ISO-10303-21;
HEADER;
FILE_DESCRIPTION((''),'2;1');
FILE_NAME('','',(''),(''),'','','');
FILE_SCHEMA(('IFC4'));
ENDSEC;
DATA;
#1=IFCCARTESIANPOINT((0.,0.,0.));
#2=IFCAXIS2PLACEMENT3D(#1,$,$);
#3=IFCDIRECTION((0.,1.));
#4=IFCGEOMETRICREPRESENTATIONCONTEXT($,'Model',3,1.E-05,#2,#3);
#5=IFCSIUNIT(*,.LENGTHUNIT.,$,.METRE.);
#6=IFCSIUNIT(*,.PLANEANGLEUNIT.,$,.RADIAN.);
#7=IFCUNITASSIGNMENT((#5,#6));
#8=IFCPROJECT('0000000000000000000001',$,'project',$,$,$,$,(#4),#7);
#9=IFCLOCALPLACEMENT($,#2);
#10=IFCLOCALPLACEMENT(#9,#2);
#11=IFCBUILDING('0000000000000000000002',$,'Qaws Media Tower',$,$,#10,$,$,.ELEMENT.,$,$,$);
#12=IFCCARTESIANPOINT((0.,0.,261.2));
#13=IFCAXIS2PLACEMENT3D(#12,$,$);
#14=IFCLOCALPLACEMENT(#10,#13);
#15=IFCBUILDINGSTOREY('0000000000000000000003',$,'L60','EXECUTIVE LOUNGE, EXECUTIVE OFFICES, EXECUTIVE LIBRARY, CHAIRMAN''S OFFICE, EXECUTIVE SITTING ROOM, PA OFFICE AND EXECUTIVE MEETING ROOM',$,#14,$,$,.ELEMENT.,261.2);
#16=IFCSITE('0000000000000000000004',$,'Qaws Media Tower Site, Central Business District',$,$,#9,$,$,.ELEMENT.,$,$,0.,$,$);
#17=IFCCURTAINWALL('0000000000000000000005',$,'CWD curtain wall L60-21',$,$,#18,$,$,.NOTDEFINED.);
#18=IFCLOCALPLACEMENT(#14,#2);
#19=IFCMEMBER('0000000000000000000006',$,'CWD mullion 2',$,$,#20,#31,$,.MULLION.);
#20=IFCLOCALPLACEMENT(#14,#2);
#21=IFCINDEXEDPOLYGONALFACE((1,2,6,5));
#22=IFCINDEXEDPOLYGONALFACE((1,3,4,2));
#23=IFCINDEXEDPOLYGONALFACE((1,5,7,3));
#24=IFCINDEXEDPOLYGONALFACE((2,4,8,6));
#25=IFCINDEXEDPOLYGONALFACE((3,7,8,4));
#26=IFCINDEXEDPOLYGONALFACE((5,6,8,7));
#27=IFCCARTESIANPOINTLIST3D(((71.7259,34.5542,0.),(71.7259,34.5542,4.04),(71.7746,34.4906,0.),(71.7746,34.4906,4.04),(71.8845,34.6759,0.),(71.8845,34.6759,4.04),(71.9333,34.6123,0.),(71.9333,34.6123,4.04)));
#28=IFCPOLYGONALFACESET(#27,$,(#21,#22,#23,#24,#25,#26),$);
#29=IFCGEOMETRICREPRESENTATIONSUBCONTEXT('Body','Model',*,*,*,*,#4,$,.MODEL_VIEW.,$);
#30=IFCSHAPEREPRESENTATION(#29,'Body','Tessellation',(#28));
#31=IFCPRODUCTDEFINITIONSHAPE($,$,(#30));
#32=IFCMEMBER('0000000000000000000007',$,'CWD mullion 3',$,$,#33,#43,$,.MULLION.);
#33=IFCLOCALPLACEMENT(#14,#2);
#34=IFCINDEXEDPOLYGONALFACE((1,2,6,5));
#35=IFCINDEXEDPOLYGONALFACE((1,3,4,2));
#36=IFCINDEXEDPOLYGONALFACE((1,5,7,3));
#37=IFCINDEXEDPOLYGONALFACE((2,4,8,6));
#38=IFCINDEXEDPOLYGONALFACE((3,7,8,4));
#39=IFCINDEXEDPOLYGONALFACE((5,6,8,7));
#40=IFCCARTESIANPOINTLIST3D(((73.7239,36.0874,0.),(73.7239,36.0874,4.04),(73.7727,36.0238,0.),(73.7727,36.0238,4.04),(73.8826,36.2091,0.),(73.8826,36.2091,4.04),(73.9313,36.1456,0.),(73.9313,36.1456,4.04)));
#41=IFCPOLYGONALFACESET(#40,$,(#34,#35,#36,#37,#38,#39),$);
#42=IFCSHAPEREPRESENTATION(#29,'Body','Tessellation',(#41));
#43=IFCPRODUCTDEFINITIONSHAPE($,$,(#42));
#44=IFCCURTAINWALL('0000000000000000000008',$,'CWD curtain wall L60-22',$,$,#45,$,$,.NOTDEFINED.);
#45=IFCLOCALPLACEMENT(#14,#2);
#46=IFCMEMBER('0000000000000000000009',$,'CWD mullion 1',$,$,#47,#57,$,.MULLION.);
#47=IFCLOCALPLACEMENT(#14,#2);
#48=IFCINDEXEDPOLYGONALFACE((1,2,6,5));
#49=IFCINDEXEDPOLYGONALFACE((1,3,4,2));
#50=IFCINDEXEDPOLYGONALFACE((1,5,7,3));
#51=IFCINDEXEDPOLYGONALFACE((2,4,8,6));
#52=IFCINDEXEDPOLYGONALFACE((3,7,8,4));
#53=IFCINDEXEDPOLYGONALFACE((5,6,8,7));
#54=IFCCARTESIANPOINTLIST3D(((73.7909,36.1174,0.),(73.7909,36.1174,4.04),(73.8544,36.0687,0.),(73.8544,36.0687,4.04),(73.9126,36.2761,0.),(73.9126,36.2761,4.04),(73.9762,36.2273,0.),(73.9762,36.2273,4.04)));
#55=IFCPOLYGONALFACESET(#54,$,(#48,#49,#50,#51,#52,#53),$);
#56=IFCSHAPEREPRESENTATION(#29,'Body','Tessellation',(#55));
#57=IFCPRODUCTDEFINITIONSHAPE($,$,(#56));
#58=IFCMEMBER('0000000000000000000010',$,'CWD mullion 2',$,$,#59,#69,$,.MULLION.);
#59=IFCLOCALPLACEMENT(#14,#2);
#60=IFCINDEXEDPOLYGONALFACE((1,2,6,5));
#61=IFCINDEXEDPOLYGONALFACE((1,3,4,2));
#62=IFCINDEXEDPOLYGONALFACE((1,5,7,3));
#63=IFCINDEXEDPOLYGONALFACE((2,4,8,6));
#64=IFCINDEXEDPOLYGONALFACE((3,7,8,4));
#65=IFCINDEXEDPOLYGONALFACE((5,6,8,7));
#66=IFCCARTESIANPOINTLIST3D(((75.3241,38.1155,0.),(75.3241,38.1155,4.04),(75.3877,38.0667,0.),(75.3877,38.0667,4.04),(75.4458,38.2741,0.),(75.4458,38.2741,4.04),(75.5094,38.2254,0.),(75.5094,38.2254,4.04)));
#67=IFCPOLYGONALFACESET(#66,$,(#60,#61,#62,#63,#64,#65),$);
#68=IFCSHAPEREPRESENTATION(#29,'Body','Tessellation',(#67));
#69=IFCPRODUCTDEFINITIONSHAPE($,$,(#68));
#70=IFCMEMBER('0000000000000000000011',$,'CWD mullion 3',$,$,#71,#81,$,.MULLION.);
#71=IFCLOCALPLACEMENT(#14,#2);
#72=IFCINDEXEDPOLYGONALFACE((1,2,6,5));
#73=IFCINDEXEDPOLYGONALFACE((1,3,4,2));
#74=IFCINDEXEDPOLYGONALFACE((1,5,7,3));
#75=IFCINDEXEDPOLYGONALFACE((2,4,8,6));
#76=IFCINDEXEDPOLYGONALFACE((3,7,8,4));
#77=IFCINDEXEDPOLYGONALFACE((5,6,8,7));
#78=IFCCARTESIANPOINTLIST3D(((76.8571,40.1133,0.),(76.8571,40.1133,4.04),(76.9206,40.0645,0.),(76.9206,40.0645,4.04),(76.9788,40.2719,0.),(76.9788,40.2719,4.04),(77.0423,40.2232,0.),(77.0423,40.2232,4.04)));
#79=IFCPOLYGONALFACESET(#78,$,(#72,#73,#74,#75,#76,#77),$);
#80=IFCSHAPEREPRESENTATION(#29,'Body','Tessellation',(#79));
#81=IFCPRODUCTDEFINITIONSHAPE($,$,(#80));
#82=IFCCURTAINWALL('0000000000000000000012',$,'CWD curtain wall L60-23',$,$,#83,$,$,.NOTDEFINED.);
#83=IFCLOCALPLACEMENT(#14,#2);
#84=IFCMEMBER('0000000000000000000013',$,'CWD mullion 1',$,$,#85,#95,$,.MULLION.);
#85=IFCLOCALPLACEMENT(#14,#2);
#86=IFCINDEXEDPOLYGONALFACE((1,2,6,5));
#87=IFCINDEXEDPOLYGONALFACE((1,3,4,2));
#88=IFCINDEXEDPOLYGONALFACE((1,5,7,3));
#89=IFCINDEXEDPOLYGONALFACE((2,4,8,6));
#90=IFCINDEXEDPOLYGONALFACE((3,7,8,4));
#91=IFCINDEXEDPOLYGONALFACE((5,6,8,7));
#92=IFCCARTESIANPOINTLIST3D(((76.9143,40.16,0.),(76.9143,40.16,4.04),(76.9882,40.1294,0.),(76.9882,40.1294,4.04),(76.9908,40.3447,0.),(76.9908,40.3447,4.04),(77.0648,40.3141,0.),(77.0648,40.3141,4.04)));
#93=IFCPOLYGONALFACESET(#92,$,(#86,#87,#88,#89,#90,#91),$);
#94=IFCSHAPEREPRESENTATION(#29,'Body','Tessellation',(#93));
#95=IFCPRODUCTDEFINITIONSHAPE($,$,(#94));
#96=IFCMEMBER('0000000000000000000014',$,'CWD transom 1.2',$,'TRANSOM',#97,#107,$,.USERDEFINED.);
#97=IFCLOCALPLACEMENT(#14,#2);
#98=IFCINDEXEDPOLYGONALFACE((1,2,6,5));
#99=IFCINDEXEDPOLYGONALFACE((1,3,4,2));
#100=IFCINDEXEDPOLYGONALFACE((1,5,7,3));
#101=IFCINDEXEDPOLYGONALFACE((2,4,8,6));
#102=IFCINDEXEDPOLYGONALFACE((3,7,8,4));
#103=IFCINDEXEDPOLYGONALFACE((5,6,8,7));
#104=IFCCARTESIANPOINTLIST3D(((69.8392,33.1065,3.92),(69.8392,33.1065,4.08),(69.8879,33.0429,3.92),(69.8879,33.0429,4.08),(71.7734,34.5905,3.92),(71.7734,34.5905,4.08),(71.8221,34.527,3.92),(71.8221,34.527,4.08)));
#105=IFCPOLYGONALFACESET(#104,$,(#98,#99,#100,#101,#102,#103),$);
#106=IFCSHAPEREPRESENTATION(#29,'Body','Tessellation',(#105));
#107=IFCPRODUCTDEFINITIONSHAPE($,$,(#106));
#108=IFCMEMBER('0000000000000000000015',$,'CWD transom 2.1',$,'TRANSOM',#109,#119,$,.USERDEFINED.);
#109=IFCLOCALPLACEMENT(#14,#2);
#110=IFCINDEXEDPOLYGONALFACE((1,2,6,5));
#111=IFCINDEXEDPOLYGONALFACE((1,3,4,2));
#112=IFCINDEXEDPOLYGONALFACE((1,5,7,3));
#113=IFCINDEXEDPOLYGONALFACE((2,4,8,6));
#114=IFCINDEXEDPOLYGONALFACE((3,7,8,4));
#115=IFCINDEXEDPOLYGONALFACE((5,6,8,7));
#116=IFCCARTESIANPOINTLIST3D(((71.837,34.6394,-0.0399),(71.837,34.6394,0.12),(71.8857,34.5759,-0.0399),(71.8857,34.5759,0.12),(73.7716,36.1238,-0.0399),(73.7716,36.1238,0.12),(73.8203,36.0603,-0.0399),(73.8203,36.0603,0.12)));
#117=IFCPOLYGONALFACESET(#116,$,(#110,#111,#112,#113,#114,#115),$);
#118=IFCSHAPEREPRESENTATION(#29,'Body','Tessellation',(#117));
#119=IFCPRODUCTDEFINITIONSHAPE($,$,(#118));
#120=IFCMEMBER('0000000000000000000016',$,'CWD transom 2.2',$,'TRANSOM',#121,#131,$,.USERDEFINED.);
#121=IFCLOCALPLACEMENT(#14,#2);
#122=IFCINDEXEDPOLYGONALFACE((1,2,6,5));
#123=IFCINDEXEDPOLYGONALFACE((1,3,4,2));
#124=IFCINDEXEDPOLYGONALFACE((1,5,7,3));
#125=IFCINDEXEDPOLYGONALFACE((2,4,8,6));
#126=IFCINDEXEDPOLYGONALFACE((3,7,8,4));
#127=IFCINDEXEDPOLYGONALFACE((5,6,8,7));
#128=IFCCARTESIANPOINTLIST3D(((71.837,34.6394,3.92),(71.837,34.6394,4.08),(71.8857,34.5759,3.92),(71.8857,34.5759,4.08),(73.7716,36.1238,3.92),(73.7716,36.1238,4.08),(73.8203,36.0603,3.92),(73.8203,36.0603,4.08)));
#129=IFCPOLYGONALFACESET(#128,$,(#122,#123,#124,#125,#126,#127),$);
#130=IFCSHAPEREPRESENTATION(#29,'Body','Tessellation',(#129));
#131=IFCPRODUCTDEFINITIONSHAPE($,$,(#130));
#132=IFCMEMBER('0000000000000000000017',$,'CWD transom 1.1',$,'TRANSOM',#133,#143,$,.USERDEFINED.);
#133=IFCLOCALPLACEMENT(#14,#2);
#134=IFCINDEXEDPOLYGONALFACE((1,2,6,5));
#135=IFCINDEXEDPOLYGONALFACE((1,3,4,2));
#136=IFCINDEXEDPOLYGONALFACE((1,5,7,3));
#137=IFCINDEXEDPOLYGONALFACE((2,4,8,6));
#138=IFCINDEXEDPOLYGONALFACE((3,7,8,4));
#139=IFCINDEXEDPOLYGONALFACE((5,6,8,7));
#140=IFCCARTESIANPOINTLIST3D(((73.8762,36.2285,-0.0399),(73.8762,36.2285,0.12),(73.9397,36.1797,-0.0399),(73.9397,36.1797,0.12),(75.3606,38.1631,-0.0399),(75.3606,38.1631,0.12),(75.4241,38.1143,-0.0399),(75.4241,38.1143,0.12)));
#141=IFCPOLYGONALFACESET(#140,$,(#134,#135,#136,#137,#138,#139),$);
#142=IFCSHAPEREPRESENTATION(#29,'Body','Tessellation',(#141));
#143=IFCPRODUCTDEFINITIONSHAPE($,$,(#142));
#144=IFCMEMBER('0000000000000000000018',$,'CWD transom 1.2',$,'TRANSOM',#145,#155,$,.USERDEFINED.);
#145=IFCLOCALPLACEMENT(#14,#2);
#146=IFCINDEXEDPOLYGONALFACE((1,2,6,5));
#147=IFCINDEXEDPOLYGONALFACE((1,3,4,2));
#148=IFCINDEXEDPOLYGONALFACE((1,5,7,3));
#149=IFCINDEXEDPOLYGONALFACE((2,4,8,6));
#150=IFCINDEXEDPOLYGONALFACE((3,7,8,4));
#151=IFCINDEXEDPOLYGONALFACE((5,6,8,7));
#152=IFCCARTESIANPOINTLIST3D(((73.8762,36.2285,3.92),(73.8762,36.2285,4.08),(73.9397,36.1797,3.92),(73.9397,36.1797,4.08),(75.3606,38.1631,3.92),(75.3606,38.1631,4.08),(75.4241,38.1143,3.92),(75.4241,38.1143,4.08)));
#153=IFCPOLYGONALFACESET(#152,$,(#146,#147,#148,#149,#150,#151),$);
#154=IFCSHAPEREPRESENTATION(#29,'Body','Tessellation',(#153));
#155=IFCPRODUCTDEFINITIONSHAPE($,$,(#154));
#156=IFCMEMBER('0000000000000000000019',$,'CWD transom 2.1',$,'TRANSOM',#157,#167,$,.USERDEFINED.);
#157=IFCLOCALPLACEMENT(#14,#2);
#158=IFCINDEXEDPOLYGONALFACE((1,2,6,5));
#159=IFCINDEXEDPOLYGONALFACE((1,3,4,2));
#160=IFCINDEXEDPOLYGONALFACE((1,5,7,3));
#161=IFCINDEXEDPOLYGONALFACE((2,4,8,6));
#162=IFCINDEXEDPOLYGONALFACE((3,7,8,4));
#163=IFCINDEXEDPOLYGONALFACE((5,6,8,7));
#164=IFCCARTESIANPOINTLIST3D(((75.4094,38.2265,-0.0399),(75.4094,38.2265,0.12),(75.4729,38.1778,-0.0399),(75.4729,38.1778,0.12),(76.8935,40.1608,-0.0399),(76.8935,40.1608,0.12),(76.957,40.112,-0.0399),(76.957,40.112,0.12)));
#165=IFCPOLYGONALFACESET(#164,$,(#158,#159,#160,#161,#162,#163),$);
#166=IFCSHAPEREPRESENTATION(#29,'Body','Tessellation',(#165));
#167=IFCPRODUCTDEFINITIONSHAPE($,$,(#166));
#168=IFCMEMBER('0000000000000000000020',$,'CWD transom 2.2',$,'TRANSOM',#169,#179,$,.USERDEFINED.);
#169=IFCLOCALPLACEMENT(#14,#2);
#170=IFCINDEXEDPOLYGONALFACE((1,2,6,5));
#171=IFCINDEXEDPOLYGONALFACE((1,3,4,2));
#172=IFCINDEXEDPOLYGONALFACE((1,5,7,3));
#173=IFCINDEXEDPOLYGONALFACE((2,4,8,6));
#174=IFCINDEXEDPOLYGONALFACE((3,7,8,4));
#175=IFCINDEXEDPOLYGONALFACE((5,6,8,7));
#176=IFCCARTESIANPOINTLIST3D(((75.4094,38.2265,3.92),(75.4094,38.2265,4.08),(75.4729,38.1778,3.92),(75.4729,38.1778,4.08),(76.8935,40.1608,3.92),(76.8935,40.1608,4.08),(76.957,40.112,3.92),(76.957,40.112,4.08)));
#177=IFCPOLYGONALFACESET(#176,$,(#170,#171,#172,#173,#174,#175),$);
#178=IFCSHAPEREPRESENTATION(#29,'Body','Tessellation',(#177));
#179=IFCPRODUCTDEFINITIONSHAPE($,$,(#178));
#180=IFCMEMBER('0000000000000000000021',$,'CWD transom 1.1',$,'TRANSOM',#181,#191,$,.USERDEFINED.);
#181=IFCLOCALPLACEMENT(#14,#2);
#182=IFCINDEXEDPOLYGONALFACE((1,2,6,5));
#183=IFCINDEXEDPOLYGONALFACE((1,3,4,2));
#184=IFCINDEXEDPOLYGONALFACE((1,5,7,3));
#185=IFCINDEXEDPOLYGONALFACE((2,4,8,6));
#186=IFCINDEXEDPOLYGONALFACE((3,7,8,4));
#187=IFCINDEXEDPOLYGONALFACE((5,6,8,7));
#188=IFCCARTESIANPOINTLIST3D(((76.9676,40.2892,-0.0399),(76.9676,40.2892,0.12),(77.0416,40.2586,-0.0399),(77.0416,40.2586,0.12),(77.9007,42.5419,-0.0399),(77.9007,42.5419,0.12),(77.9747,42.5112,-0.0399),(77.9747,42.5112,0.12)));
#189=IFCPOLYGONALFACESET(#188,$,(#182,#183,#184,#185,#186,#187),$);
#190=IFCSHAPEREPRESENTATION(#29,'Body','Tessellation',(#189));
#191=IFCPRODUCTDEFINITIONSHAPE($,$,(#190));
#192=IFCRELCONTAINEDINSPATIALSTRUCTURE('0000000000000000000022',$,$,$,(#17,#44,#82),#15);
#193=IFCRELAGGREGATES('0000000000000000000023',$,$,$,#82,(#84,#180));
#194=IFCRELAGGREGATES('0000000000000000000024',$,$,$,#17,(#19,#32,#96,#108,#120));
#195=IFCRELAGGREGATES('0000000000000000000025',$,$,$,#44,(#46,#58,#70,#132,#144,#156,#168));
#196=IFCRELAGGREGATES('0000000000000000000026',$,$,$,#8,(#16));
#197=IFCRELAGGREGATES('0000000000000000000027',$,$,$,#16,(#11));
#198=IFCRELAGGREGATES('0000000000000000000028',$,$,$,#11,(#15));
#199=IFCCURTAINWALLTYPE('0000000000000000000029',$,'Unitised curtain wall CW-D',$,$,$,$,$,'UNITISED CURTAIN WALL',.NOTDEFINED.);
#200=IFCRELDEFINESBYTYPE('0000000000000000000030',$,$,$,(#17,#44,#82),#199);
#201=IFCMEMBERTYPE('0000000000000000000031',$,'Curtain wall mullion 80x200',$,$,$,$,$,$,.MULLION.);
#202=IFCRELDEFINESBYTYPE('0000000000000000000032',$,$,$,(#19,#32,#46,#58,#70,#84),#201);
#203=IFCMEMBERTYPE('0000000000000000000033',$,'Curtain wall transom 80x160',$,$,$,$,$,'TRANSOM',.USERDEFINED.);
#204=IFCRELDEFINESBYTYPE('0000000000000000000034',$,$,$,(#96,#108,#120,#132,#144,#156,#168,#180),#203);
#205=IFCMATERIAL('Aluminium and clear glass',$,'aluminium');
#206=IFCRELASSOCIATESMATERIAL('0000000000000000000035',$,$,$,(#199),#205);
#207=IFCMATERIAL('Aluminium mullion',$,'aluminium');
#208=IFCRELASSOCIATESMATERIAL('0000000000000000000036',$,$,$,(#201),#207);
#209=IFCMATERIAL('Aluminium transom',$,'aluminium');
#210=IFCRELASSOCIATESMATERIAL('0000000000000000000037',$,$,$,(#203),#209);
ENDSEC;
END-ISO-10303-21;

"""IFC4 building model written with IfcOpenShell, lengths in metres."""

from ifc_helpers import new_model, si_unit, direction, frame, origin, origin_2d, place, context, subcontext, project, spatial, rectangle, extrude, material, material_profile, profile_set, type_object, element, aggregate, save


model = new_model("IFC4")

# Units and contexts
model_context = context("Model", 3, precision=1e-05, world=origin(), true_north=direction((0.0, 1.0)))
body_context = subcontext(model_context, "Body", "Model", "MODEL_VIEW")
ifc_project = project(units=[si_unit("LENGTHUNIT", "METRE"), si_unit("PLANEANGLEUNIT", "RADIAN")], contexts=[model_context])

# Site, building, storey
site_placement = place(None, origin())
site = spatial("IfcSite", under=ifc_project, at=site_placement, Name="Qaws Media Tower Site, Central Business District", CompositionType="ELEMENT", RefElevation=0.0)
building_placement = place(site_placement, origin())
building = spatial("IfcBuilding", under=site, at=building_placement, Name="Qaws Media Tower", CompositionType="ELEMENT")
storey_placement = place(building_placement, frame((0.0, 0.0, 261.2)))
storey = spatial("IfcBuildingStorey", under=building, at=storey_placement, Name="L60", Description="EXECUTIVE LOUNGE, EXECUTIVE OFFICES, EXECUTIVE LIBRARY, CHAIRMAN'S OFFICE, EXECUTIVE SITTING ROOM, PA OFFICE AND EXECUTIVE MEETING ROOM", CompositionType="ELEMENT", Elevation=261.2)

# Curtain walls, members
ifc_material_1 = material(Name="Aluminium and clear glass", Category="aluminium")
curtain_wall_type = type_object("IfcCurtainWallType", Name="Unitised curtain wall CW-D", ElementType="UNITISED CURTAIN WALL", PredefinedType="NOTDEFINED", material=ifc_material_1)
curtain_wall_1_placement = place(storey_placement, origin())
curtain_wall_1 = element("IfcCurtainWall", 1, at=curtain_wall_1_placement, inside=storey, type_object=curtain_wall_type, Name="CWD curtain wall L60-21", PredefinedType="NOTDEFINED")
ifc_material_2 = material(Name="Aluminium mullion", Category="aluminium")
ifc_material_profile_1 = material_profile(ifc_material_2, rectangle(XDim=0.0801, YDim=0.2, at=origin_2d()), Name="80x200")
ifc_profile_set_1 = profile_set([ifc_material_profile_1], Name="Aluminium mullion")
member_type_1 = type_object("IfcMemberType", Name="Curtain wall mullion 80x200", PredefinedType="MULLION", material=ifc_profile_set_1)
member_1_placement = place(storey_placement, frame((71.8296, 34.5833, 0.0), z_axis=(0.0, 0.0, 1.0), x_axis=(-0.608761, 0.793353, 0.0)))
member_1 = element("IfcMember", 2, at=member_1_placement, type_object=member_type_1, Name="CWD mullion 2", PredefinedType="MULLION", context=body_context, shape_type="SweptSolid", body=[
    extrude(rectangle(XDim=0.0801, YDim=0.2, at=origin_2d()), origin(), (0.0, 0.0, 1.0), 4.04),
])
member_2_placement = place(storey_placement, frame((73.8276, 36.1165, 0.0), z_axis=(0.0, 0.0, 1.0), x_axis=(-0.608761, 0.793353, 0.0)))
member_2 = element("IfcMember", 3, at=member_2_placement, type_object=member_type_1, Name="CWD mullion 3", PredefinedType="MULLION", context=body_context, shape_type="SweptSolid", body=[
    extrude(rectangle(XDim=0.0801, YDim=0.2, at=origin_2d()), origin(), (0.0, 0.0, 1.0), 4.04),
])
curtain_wall_2_placement = place(storey_placement, origin())
curtain_wall_2 = element("IfcCurtainWall", 4, at=curtain_wall_2_placement, inside=storey, type_object=curtain_wall_type, Name="CWD curtain wall L60-22", PredefinedType="NOTDEFINED")
member_3_placement = place(storey_placement, frame((73.8835, 36.1724, 0.0), z_axis=(0.0, 0.0, 1.0), x_axis=(-0.793353, 0.608761, 0.0)))
member_3 = element("IfcMember", 5, at=member_3_placement, type_object=member_type_1, Name="CWD mullion 1", PredefinedType="MULLION", context=body_context, shape_type="SweptSolid", body=[
    extrude(rectangle(XDim=0.0801, YDim=0.2, at=origin_2d()), origin(), (0.0, 0.0, 1.0), 4.04),
])
member_4_placement = place(storey_placement, frame((75.4167, 38.1704, 0.0), z_axis=(0.0, 0.0, 1.0), x_axis=(-0.793353, 0.608761, 0.0)))
member_4 = element("IfcMember", 6, at=member_4_placement, type_object=member_type_1, Name="CWD mullion 2", PredefinedType="MULLION", context=body_context, shape_type="SweptSolid", body=[
    extrude(rectangle(XDim=0.0801, YDim=0.2, at=origin_2d()), origin(), (0.0, 0.0, 1.0), 4.04),
])
member_5_placement = place(storey_placement, frame((76.9497, 40.1682, 0.0), z_axis=(0.0, 0.0, 1.0), x_axis=(-0.793353, 0.608761, 0.0)))
member_5 = element("IfcMember", 7, at=member_5_placement, type_object=member_type_1, Name="CWD mullion 3", PredefinedType="MULLION", context=body_context, shape_type="SweptSolid", body=[
    extrude(rectangle(XDim=0.0801, YDim=0.2, at=origin_2d()), origin(), (0.0, 0.0, 1.0), 4.04),
])

# Curtain wall, member
curtain_wall_3_placement = place(storey_placement, origin())
curtain_wall_3 = element("IfcCurtainWall", 8, at=curtain_wall_3_placement, inside=storey, type_object=curtain_wall_type, Name="CWD curtain wall L60-23", PredefinedType="NOTDEFINED")
member_6_placement = place(storey_placement, frame((76.9895, 40.2371, 0.0), z_axis=(0.0, 0.0, 1.0), x_axis=(-0.92388, 0.382683, 0.0)))
member_6 = element("IfcMember", 9, at=member_6_placement, type_object=member_type_1, Name="CWD mullion 1", PredefinedType="MULLION", context=body_context, shape_type="SweptSolid", body=[
    extrude(rectangle(XDim=0.0801, YDim=0.2, at=origin_2d()), origin(), (0.0, 0.0, 1.0), 4.04),
])

# Members
ifc_material_3 = material(Name="Aluminium transom", Category="aluminium")
ifc_material_profile_2 = material_profile(ifc_material_3, rectangle(XDim=0.0801, YDim=0.1599, at=origin_2d()), Name="80x160")
ifc_profile_set_2 = profile_set([ifc_material_profile_2], Name="Aluminium transom")
member_type_2 = type_object("IfcMemberType", Name="Curtain wall transom 80x160", ElementType="TRANSOM", PredefinedType="USERDEFINED", material=ifc_profile_set_2)
member_7_placement = place(storey_placement, frame((69.8635, 33.0747, 4.0), z_axis=(0.793379, 0.608728, 0.0), x_axis=(-0.608728, 0.793379, 0.0)))
member_7 = element("IfcMember", 10, at=member_7_placement, type_object=member_type_2, Name="CWD transom 1.2", ObjectType="TRANSOM", PredefinedType="USERDEFINED", context=body_context, shape_type="SweptSolid", body=[
    extrude(rectangle(XDim=0.0801, YDim=0.1599, at=origin_2d()), origin(), (0.0, 0.0, 1.0), 2.438),
])
member_8_placement = place(storey_placement, frame((71.8613, 34.6077, 0.04), z_axis=(0.793368, 0.608743, 0.0), x_axis=(-0.608743, 0.793368, 0.0)))
member_8 = element("IfcMember", 11, at=member_8_placement, type_object=member_type_2, Name="CWD transom 2.1", ObjectType="TRANSOM", PredefinedType="USERDEFINED", context=body_context, shape_type="SweptSolid", body=[
    extrude(rectangle(XDim=0.0801, YDim=0.1599, at=origin_2d()), origin(), (0.0, 0.0, 1.0), 2.4385),
])
member_9_placement = place(storey_placement, frame((71.8613, 34.6077, 4.0), z_axis=(0.793368, 0.608743, 0.0), x_axis=(-0.608743, 0.793368, 0.0)))
member_9 = element("IfcMember", 12, at=member_9_placement, type_object=member_type_2, Name="CWD transom 2.2", ObjectType="TRANSOM", PredefinedType="USERDEFINED", context=body_context, shape_type="SweptSolid", body=[
    extrude(rectangle(XDim=0.0801, YDim=0.1599, at=origin_2d()), origin(), (0.0, 0.0, 1.0), 2.4385),
])
member_10_placement = place(storey_placement, frame((73.908, 36.2041, 0.04), z_axis=(0.608743, 0.793368, 0.0), x_axis=(-0.793368, 0.608743, 0.0)))
member_10 = element("IfcMember", 13, at=member_10_placement, type_object=member_type_2, Name="CWD transom 1.1", ObjectType="TRANSOM", PredefinedType="USERDEFINED", context=body_context, shape_type="SweptSolid", body=[
    extrude(rectangle(XDim=0.0801, YDim=0.1599, at=origin_2d()), origin(), (0.0, 0.0, 1.0), 2.4385),
])
member_11_placement = place(storey_placement, frame((73.908, 36.2041, 4.0), z_axis=(0.608743, 0.793368, 0.0), x_axis=(-0.793368, 0.608743, 0.0)))
member_11 = element("IfcMember", 14, at=member_11_placement, type_object=member_type_2, Name="CWD transom 1.2", ObjectType="TRANSOM", PredefinedType="USERDEFINED", context=body_context, shape_type="SweptSolid", body=[
    extrude(rectangle(XDim=0.0801, YDim=0.1599, at=origin_2d()), origin(), (0.0, 0.0, 1.0), 2.4385),
])
member_12_placement = place(storey_placement, frame((75.4412, 38.2021, 0.04), z_axis=(0.608728, 0.793379, 0.0), x_axis=(-0.793379, 0.608728, 0.0)))
member_12 = element("IfcMember", 15, at=member_12_placement, type_object=member_type_2, Name="CWD transom 2.1", ObjectType="TRANSOM", PredefinedType="USERDEFINED", context=body_context, shape_type="SweptSolid", body=[
    extrude(rectangle(XDim=0.0801, YDim=0.1599, at=origin_2d()), origin(), (0.0, 0.0, 1.0), 2.438),
])
member_13_placement = place(storey_placement, frame((75.4412, 38.2021, 4.0), z_axis=(0.608728, 0.793379, 0.0), x_axis=(-0.793379, 0.608728, 0.0)))
member_13 = element("IfcMember", 16, at=member_13_placement, type_object=member_type_2, Name="CWD transom 2.2", ObjectType="TRANSOM", PredefinedType="USERDEFINED", context=body_context, shape_type="SweptSolid", body=[
    extrude(rectangle(XDim=0.0801, YDim=0.1599, at=origin_2d()), origin(), (0.0, 0.0, 1.0), 2.438),
])
member_14_placement = place(storey_placement, frame((77.0046, 40.2739, 0.04), z_axis=(0.382688, 0.923878, 0.0), x_axis=(-0.923878, 0.382688, 0.0)))
member_14 = element("IfcMember", 17, at=member_14_placement, type_object=member_type_2, Name="CWD transom 1.1", ObjectType="TRANSOM", PredefinedType="USERDEFINED", context=body_context, shape_type="SweptSolid", body=[
    extrude(rectangle(XDim=0.0801, YDim=0.1599, at=origin_2d()), origin(), (0.0, 0.0, 1.0), 2.4382),
])
aggregate(curtain_wall_3, [member_6, member_14])

aggregate(curtain_wall_1, [member_1, member_2, member_7, member_8, member_9])
aggregate(curtain_wall_2, [member_3, member_4, member_5, member_10, member_11, member_12, member_13])

save(model, "model.ifc")
